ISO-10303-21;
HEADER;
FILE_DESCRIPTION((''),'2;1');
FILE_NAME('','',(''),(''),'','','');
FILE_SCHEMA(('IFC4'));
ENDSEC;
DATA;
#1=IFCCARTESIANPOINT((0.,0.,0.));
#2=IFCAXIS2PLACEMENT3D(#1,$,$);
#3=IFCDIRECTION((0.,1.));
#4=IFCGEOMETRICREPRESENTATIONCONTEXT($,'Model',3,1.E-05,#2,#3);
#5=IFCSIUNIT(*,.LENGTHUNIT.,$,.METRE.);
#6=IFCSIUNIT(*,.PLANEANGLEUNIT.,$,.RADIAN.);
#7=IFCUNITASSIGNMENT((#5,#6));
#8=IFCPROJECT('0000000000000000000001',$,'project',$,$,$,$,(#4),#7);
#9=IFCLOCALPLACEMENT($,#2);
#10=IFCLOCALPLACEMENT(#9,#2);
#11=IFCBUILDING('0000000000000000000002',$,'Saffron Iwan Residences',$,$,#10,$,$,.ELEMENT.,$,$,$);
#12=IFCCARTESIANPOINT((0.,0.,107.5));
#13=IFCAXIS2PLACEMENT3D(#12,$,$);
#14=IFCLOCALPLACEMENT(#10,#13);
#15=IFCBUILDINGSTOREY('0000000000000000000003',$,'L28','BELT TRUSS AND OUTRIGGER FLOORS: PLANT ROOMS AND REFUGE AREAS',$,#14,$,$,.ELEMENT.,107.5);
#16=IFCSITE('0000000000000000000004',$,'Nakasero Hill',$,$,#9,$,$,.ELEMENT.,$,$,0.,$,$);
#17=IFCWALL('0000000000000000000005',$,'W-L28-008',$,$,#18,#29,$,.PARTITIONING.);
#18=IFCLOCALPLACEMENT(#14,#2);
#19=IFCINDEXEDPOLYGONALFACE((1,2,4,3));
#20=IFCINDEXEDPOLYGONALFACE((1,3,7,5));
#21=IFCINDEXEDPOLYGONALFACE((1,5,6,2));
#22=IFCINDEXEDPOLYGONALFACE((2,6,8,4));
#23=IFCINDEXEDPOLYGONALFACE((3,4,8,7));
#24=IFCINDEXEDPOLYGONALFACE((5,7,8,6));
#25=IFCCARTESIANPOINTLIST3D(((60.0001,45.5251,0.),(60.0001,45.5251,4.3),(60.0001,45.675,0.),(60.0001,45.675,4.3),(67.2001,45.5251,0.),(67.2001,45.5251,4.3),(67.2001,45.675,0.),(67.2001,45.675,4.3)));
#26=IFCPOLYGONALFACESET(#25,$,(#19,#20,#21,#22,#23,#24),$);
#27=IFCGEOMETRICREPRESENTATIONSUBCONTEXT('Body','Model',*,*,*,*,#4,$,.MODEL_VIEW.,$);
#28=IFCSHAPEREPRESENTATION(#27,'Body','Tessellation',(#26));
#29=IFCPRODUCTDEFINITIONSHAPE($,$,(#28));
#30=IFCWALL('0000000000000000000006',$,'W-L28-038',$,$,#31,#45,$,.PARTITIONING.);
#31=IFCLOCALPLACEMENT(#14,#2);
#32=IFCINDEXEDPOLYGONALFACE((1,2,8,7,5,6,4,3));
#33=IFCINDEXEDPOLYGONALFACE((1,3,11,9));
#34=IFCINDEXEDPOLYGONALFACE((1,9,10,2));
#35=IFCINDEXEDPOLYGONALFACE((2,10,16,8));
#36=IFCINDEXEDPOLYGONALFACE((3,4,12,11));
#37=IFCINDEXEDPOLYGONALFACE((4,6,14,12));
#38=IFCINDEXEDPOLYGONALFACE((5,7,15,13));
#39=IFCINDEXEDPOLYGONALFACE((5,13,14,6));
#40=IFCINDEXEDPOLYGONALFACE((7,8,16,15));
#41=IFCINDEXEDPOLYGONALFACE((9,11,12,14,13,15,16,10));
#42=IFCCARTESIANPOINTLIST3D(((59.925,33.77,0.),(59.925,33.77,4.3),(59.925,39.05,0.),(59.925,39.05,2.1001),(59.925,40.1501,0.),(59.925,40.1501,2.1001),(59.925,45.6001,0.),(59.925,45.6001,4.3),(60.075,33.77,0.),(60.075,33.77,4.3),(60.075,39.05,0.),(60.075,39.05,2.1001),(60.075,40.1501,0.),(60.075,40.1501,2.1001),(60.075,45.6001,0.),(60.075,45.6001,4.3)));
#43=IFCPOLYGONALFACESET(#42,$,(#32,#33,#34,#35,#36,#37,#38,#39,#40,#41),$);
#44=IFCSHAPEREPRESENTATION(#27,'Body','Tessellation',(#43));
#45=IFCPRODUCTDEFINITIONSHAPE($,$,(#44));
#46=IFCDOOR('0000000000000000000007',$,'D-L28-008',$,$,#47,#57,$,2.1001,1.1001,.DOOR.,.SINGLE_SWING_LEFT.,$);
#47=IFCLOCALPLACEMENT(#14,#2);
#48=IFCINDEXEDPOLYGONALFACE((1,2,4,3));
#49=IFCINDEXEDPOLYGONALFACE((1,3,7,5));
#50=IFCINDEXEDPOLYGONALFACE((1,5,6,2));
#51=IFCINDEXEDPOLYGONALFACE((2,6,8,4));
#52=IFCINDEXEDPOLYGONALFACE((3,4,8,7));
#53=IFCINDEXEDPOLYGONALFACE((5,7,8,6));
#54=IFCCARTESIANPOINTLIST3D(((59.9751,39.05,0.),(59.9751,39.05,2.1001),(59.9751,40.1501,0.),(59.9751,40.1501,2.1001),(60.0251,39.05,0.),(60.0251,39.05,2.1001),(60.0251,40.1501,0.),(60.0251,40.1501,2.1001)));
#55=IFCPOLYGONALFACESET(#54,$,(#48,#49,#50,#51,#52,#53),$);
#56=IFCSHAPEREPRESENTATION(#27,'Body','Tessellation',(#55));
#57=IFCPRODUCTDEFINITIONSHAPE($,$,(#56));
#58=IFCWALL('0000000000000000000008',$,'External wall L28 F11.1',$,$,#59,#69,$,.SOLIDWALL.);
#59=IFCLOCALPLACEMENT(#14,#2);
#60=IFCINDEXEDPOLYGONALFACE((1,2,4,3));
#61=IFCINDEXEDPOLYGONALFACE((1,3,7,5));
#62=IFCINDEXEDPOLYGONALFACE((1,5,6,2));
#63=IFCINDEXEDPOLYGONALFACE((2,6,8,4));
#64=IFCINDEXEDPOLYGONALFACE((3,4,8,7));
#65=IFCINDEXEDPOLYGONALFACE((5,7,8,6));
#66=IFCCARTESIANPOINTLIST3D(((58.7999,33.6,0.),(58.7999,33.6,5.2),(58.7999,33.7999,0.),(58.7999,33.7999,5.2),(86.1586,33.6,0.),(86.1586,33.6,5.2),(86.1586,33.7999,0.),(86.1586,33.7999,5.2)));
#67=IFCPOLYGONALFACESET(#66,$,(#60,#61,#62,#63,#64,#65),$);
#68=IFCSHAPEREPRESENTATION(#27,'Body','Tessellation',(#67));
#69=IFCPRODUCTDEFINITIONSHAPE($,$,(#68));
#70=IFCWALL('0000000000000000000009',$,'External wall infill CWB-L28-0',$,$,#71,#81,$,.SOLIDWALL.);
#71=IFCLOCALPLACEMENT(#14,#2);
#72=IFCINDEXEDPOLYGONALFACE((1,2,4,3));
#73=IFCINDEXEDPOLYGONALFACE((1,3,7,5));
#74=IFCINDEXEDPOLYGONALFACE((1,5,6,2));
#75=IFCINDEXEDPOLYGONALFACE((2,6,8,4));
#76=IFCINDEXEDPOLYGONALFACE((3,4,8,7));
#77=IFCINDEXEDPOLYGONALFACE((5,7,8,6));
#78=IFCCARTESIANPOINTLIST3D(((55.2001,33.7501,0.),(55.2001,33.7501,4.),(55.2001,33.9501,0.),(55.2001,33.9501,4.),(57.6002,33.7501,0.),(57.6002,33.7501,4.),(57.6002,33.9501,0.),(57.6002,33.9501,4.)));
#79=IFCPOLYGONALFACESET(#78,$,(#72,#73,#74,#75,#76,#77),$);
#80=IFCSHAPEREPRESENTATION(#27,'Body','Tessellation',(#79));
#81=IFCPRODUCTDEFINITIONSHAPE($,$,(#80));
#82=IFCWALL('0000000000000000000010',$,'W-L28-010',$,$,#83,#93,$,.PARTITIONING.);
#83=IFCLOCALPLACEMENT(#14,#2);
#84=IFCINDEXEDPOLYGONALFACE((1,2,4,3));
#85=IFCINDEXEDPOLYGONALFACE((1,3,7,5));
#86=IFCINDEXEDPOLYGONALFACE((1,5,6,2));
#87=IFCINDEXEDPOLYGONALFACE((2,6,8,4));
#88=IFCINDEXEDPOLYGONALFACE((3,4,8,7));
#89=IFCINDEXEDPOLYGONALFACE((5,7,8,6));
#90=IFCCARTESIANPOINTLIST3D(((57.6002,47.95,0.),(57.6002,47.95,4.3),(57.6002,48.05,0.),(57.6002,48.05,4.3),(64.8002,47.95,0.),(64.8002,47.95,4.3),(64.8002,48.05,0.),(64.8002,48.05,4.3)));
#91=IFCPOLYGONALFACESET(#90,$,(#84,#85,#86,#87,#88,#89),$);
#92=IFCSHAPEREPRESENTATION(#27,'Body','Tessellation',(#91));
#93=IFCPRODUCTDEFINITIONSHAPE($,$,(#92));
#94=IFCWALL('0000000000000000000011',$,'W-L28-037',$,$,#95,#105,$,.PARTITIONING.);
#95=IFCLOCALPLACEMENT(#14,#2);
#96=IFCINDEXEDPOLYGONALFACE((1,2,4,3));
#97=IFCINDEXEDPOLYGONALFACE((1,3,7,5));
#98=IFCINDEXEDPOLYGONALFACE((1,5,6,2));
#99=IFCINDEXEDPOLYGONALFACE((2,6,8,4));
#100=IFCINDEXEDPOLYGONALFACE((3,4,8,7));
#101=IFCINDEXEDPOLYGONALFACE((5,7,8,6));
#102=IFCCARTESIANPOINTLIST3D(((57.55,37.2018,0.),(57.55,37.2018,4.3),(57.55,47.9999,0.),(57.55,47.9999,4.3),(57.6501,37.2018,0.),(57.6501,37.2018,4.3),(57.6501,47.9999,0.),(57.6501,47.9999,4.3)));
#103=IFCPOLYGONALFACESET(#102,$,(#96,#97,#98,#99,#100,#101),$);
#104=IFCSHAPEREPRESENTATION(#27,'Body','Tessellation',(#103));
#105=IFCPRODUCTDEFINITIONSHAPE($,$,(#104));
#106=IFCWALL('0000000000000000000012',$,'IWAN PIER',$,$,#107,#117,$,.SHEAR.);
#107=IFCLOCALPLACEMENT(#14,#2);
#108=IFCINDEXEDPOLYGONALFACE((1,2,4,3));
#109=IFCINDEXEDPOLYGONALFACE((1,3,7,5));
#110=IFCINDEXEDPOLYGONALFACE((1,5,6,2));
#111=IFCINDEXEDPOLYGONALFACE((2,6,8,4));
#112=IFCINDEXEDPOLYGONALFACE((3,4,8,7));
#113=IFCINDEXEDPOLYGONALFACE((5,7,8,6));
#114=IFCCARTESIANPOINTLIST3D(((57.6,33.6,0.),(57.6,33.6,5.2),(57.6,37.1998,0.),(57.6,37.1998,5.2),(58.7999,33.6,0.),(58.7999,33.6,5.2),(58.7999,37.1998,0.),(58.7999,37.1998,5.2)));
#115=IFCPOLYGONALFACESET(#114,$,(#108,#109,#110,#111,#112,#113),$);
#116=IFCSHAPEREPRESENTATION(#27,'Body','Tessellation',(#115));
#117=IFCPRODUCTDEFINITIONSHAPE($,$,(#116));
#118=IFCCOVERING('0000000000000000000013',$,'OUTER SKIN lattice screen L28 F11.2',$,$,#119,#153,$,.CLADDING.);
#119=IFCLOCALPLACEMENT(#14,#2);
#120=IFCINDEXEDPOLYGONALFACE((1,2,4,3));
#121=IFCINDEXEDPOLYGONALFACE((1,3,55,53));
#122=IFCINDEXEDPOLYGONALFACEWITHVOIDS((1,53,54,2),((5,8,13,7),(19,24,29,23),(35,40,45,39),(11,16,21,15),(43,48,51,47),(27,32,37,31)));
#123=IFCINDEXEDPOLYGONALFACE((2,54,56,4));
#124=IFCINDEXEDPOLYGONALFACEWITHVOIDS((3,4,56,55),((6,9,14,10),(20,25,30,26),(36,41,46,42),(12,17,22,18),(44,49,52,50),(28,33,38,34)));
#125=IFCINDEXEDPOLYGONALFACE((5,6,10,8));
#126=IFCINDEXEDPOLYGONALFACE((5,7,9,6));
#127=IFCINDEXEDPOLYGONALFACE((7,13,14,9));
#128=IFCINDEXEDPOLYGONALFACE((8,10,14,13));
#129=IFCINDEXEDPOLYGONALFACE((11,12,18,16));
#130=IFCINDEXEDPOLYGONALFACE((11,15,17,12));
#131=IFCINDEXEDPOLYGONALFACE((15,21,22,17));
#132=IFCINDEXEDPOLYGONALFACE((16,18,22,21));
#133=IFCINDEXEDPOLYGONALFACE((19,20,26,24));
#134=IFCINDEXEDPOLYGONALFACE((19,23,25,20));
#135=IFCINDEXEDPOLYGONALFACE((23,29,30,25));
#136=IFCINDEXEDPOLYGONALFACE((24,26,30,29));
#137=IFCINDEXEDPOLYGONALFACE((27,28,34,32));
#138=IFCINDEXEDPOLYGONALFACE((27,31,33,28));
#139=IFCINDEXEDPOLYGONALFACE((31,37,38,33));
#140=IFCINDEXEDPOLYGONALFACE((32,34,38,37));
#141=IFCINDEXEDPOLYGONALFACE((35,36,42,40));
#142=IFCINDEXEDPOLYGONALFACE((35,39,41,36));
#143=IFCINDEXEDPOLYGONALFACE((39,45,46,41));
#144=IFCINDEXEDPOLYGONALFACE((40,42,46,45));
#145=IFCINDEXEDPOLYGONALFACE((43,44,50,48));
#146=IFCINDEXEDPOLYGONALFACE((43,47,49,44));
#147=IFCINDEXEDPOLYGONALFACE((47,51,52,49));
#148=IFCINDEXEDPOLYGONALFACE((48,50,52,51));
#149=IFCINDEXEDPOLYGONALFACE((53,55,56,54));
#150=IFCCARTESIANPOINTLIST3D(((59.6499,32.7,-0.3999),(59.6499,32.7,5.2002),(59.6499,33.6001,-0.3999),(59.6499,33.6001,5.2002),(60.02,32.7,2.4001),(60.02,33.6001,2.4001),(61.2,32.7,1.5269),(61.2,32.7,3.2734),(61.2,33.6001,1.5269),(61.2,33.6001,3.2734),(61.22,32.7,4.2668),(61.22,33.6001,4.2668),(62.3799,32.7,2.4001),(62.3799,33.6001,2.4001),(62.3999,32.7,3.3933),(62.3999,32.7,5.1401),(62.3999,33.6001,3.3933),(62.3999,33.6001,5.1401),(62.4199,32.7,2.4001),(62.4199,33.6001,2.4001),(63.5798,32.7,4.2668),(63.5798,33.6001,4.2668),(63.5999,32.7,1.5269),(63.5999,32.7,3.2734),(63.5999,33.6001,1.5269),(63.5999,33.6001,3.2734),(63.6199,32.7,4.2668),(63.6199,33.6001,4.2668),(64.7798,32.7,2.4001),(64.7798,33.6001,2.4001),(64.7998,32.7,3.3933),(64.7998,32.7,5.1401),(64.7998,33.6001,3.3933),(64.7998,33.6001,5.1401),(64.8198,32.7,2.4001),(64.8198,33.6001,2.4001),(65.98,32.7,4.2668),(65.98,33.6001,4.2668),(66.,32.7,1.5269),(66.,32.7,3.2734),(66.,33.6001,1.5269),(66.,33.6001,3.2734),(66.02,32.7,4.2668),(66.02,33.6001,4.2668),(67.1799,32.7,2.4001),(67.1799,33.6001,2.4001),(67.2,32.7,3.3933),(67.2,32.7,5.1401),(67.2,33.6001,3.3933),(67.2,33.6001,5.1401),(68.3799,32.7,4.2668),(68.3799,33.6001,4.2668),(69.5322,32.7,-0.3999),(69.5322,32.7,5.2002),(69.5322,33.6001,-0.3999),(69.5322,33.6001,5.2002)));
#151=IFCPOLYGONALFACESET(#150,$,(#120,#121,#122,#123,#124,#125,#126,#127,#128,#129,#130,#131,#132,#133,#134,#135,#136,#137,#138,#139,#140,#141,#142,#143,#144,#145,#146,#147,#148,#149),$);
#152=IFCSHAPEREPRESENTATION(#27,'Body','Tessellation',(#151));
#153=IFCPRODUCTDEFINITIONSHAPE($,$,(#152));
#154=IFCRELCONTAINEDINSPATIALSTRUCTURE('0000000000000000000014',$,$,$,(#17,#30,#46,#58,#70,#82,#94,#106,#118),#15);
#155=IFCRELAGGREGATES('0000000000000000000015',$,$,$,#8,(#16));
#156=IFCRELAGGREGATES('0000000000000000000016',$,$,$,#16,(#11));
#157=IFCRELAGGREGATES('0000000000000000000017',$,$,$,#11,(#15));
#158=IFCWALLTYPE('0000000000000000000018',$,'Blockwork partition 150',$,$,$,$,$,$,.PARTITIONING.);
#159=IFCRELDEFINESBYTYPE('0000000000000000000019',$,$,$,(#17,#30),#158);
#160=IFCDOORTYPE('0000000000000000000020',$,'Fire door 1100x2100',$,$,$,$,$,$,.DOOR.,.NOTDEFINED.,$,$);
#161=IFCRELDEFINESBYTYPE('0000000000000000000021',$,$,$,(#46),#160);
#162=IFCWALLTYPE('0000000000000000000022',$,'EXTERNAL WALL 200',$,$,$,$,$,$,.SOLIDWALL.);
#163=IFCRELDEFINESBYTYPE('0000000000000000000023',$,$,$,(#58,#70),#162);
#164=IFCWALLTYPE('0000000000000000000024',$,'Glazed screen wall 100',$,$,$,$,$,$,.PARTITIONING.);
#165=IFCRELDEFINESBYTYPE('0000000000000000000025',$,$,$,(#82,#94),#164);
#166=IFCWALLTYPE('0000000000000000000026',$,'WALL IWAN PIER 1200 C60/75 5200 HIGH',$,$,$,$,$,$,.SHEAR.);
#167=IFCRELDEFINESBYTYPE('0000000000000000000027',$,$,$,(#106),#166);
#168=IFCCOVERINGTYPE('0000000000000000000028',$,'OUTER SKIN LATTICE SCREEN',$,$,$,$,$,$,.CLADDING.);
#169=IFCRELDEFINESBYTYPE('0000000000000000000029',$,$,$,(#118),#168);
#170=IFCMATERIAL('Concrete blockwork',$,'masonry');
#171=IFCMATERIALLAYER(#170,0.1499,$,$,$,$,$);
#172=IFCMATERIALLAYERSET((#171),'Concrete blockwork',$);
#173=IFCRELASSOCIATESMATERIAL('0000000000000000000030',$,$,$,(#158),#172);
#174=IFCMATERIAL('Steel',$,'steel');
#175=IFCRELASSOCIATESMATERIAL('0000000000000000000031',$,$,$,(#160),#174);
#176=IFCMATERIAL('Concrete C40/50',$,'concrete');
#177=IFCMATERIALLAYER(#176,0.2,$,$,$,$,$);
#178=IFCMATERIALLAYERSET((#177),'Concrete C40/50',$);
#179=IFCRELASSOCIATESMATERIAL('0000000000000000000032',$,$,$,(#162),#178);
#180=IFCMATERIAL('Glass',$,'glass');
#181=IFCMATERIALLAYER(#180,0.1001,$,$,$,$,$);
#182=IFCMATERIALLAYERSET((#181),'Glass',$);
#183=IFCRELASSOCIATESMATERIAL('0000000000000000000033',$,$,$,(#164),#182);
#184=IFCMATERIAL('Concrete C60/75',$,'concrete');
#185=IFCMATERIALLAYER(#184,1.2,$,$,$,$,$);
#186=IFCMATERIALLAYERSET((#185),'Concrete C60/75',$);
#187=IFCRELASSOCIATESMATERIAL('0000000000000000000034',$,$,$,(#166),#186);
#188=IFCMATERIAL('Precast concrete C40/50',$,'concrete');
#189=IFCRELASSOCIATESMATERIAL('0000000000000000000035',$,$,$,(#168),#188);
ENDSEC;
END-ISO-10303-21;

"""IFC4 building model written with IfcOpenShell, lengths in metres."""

from ifc_helpers import new_model, si_unit, direction, frame, frame_2d, origin, place, context, subcontext, project, spatial, polyline, rectangle, outline, extrude, material, layer, layer_set, type_object, element, fill, save


model = new_model("IFC4")

# Units and contexts
model_context = context("Model", 3, precision=1e-05, world=origin(), true_north=direction((0.0, 1.0)))
body_context = subcontext(model_context, "Body", "Model", "MODEL_VIEW")
ifc_project = project(units=[si_unit("LENGTHUNIT", "METRE"), si_unit("PLANEANGLEUNIT", "RADIAN")], contexts=[model_context])

# Site, building, storey
site_placement = place(None, origin())
site = spatial("IfcSite", under=ifc_project, at=site_placement, Name="Nakasero Hill", CompositionType="ELEMENT", RefElevation=0.0)
building_placement = place(site_placement, origin())
building = spatial("IfcBuilding", under=site, at=building_placement, Name="Saffron Iwan Residences", CompositionType="ELEMENT")
storey_placement = place(building_placement, frame((0.0, 0.0, 107.5)))
storey = spatial("IfcBuildingStorey", under=building, at=storey_placement, Name="L28", Description="BELT TRUSS AND OUTRIGGER FLOORS: PLANT ROOMS AND REFUGE AREAS", CompositionType="ELEMENT", Elevation=107.5)

# Shared definitions
ifc_material_1 = material(Name="Concrete C60/75", Category="concrete")

# Wall
ifc_material_2 = material(Name="Concrete blockwork", Category="masonry")
ifc_layer_1 = layer(ifc_material_2, 0.1499)
ifc_layer_set_1 = layer_set([ifc_layer_1], Name="Concrete blockwork")
wall_type_1 = type_object("IfcWallType", Name="Blockwork partition 150", PredefinedType="PARTITIONING", material=ifc_layer_set_1)
wall_1_placement = place(storey_placement, frame((60.0, 45.6001, 0.0), z_axis=(0.0, 0.0, 1.0), x_axis=(1.0, 0.0, 0.0)))
element("IfcWall", 1, at=wall_1_placement, inside=storey, type_object=wall_type_1, Name="W-L28-008", PredefinedType="PARTITIONING", context=body_context, shape_type="SweptSolid", body=[
    extrude(rectangle(XDim=7.2, YDim=0.1499, at=frame_2d((3.6001, 0.0))), origin(), (0.0, 0.0, 1.0), 4.3),
])

# Wall, opening, door
wall_2_placement = place(storey_placement, frame((60.0, 33.77, 0.0), z_axis=(0.0, 0.0, 1.0), x_axis=(0.0, 1.0, 0.0)))
wall_2 = element("IfcWall", 2, at=wall_2_placement, inside=storey, type_object=wall_type_1, Name="W-L28-038", PredefinedType="PARTITIONING", context=body_context, shape_type="SweptSolid", body=[
    extrude(rectangle(XDim=11.8301, YDim=0.1499, at=frame_2d((5.915, 0.0))), origin(), (0.0, 0.0, 1.0), 4.3),
])
opening_placement = place(wall_2_placement, frame((5.28, 0.0, 0.0)))
opening = element("IfcOpeningElement", 3, at=opening_placement, cuts=wall_2, PredefinedType="OPENING", context=body_context, shape_type="SweptSolid", body=[
    extrude(rectangle(XDim=1.1001, YDim=2.1001, at=frame_2d((0.55, 1.05))), frame((0.0, 0.085, 0.0), z_axis=(0.0, -1.0, 0.0), x_axis=(1.0, 0.0, 0.0)), (0.0, 0.0, 1.0), 0.1699),
])
ifc_material_3 = material(Name="Steel", Category="steel")
door_type = type_object("IfcDoorType", Name="Fire door 1100x2100", OperationType="NOTDEFINED", PredefinedType="DOOR", material=ifc_material_3)
door_placement = place(opening_placement, origin())
door = element("IfcDoor", 4, at=door_placement, inside=storey, type_object=door_type, Name="D-L28-008", OperationType="SINGLE_SWING_LEFT", OverallHeight=2.1001, OverallWidth=1.1001, PredefinedType="DOOR", context=body_context, shape_type="SweptSolid", body=[
    extrude(rectangle(XDim=1.1001, YDim=2.1001, at=frame_2d((0.55, 1.05))), frame((0.0, 0.0249, 0.0), z_axis=(0.0, -1.0, 0.0), x_axis=(1.0, 0.0, 0.0)), (0.0, 0.0, 1.0), 0.05),
])
fill(opening, door)

# Walls
ifc_material_4 = material(Name="Concrete C40/50", Category="concrete")
ifc_layer_2 = layer(ifc_material_4, 0.2)
ifc_layer_set_2 = layer_set([ifc_layer_2], Name="Concrete C40/50")
wall_type_2 = type_object("IfcWallType", Name="EXTERNAL WALL 200", PredefinedType="SOLIDWALL", material=ifc_layer_set_2)
wall_3_placement = place(storey_placement, frame((58.8, 33.7, 0.0), z_axis=(0.0, 0.0, 1.0), x_axis=(1.0, 0.0, 0.0)))
element("IfcWall", 5, at=wall_3_placement, inside=storey, type_object=wall_type_2, Name="External wall L28 F11.1", PredefinedType="SOLIDWALL", context=body_context, shape_type="SweptSolid", body=[
    extrude(rectangle(XDim=27.3586, YDim=0.2, at=frame_2d((13.6792, 0.0))), origin(), (0.0, 0.0, 1.0), 5.2),
])
wall_4_placement = place(storey_placement, frame((55.2, 33.8501, 0.0), z_axis=(0.0, 0.0, 1.0), x_axis=(1.0, 0.0, 0.0)))
element("IfcWall", 6, at=wall_4_placement, inside=storey, type_object=wall_type_2, Name="External wall infill CWB-L28-0", PredefinedType="SOLIDWALL", context=body_context, shape_type="SweptSolid", body=[
    extrude(rectangle(XDim=2.4001, YDim=0.2, at=frame_2d((1.2002, 0.0))), origin(), (0.0, 0.0, 1.0), 4.0),
])
ifc_material_5 = material(Name="Glass", Category="glass")
ifc_layer_3 = layer(ifc_material_5, 0.1001)
ifc_layer_set_3 = layer_set([ifc_layer_3], Name="Glass")
wall_type_3 = type_object("IfcWallType", Name="Glazed screen wall 100", PredefinedType="PARTITIONING", material=ifc_layer_set_3)
wall_5_placement = place(storey_placement, frame((57.6001, 48.0, 0.0), z_axis=(0.0, 0.0, 1.0), x_axis=(1.0, 0.0, 0.0)))
element("IfcWall", 7, at=wall_5_placement, inside=storey, type_object=wall_type_3, Name="W-L28-010", PredefinedType="PARTITIONING", context=body_context, shape_type="SweptSolid", body=[
    extrude(rectangle(XDim=7.2, YDim=0.1001, at=frame_2d((3.6001, 0.0))), origin(), (0.0, 0.0, 1.0), 4.3),
])
wall_6_placement = place(storey_placement, frame((57.6001, 37.2019, 0.0), z_axis=(0.0, 0.0, 1.0), x_axis=(0.0, 1.0, 0.0)))
element("IfcWall", 8, at=wall_6_placement, inside=storey, type_object=wall_type_3, Name="W-L28-037", PredefinedType="PARTITIONING", context=body_context, shape_type="SweptSolid", body=[
    extrude(rectangle(XDim=10.7981, YDim=0.1001, at=frame_2d((5.3989, 0.0))), origin(), (0.0, 0.0, 1.0), 4.3),
])
ifc_layer_4 = layer(ifc_material_1, 1.2)
ifc_layer_set_4 = layer_set([ifc_layer_4], Name="Concrete C60/75")
wall_type_4 = type_object("IfcWallType", Name="WALL IWAN PIER 1200 C60/75 5200 HIGH", PredefinedType="SHEAR", material=ifc_layer_set_4)
wall_7_placement = place(storey_placement, frame((58.2, 33.6001, 0.0), z_axis=(0.0, 0.0, 1.0), x_axis=(0.0, 1.0, 0.0)))
element("IfcWall", 9, at=wall_7_placement, inside=storey, type_object=wall_type_4, Name="IWAN PIER", PredefinedType="SHEAR", context=body_context, shape_type="SweptSolid", body=[
    extrude(rectangle(XDim=3.5999, YDim=1.2, at=frame_2d((1.7998, 0.0))), origin(), (0.0, 0.0, 1.0), 5.2),
])

# Covering
ifc_material_6 = material(Name="Precast concrete C40/50", Category="concrete")
covering_type_1 = type_object("IfcCoveringType", Name="OUTER SKIN LATTICE SCREEN", PredefinedType="CLADDING", material=ifc_material_6)
covering_1_placement = place(storey_placement, frame((59.6499, 33.6001, -0.3999), z_axis=(0.0, -1.0, 0.0), x_axis=(1.0, 0.0, 0.0)))
element("IfcCovering", 10, at=covering_1_placement, inside=storey, type_object=covering_type_1, Name="OUTER SKIN lattice screen L28 F11.2", PredefinedType="CLADDING", context=body_context, shape_type="SweptSolid", body=[
    extrude(outline(polyline([(0.0, 0.0), (9.8823, 0.0), (9.8823, 5.6001), (0.0, 5.6001), (0.0, 0.0)]), holes=[polyline([(0.3701, 2.8), (1.55, 1.9268), (2.73, 2.8), (1.55, 3.6733), (0.3701, 2.8)]), polyline([(2.77, 2.8), (3.95, 1.9268), (5.1299, 2.8), (3.95, 3.6733), (2.77, 2.8)]), polyline([(5.1699, 2.8), (6.3501, 1.9268), (7.53, 2.8), (6.3501, 3.6733), (5.1699, 2.8)]), polyline([(1.5701, 4.6667), (2.75, 3.7932), (3.9299, 4.6667), (2.75, 5.54), (1.5701, 4.6667)]), polyline([(3.97, 4.6667), (5.1499, 3.7932), (6.3301, 4.6667), (5.1499, 5.54), (3.97, 4.6667)]), polyline([(6.3701, 4.6667), (7.55, 3.7932), (8.73, 4.6667), (7.55, 5.54), (6.3701, 4.6667)])]), origin(), (0.0, 0.0, 1.0), 0.9001),
])

save(model, "model.ifc")
